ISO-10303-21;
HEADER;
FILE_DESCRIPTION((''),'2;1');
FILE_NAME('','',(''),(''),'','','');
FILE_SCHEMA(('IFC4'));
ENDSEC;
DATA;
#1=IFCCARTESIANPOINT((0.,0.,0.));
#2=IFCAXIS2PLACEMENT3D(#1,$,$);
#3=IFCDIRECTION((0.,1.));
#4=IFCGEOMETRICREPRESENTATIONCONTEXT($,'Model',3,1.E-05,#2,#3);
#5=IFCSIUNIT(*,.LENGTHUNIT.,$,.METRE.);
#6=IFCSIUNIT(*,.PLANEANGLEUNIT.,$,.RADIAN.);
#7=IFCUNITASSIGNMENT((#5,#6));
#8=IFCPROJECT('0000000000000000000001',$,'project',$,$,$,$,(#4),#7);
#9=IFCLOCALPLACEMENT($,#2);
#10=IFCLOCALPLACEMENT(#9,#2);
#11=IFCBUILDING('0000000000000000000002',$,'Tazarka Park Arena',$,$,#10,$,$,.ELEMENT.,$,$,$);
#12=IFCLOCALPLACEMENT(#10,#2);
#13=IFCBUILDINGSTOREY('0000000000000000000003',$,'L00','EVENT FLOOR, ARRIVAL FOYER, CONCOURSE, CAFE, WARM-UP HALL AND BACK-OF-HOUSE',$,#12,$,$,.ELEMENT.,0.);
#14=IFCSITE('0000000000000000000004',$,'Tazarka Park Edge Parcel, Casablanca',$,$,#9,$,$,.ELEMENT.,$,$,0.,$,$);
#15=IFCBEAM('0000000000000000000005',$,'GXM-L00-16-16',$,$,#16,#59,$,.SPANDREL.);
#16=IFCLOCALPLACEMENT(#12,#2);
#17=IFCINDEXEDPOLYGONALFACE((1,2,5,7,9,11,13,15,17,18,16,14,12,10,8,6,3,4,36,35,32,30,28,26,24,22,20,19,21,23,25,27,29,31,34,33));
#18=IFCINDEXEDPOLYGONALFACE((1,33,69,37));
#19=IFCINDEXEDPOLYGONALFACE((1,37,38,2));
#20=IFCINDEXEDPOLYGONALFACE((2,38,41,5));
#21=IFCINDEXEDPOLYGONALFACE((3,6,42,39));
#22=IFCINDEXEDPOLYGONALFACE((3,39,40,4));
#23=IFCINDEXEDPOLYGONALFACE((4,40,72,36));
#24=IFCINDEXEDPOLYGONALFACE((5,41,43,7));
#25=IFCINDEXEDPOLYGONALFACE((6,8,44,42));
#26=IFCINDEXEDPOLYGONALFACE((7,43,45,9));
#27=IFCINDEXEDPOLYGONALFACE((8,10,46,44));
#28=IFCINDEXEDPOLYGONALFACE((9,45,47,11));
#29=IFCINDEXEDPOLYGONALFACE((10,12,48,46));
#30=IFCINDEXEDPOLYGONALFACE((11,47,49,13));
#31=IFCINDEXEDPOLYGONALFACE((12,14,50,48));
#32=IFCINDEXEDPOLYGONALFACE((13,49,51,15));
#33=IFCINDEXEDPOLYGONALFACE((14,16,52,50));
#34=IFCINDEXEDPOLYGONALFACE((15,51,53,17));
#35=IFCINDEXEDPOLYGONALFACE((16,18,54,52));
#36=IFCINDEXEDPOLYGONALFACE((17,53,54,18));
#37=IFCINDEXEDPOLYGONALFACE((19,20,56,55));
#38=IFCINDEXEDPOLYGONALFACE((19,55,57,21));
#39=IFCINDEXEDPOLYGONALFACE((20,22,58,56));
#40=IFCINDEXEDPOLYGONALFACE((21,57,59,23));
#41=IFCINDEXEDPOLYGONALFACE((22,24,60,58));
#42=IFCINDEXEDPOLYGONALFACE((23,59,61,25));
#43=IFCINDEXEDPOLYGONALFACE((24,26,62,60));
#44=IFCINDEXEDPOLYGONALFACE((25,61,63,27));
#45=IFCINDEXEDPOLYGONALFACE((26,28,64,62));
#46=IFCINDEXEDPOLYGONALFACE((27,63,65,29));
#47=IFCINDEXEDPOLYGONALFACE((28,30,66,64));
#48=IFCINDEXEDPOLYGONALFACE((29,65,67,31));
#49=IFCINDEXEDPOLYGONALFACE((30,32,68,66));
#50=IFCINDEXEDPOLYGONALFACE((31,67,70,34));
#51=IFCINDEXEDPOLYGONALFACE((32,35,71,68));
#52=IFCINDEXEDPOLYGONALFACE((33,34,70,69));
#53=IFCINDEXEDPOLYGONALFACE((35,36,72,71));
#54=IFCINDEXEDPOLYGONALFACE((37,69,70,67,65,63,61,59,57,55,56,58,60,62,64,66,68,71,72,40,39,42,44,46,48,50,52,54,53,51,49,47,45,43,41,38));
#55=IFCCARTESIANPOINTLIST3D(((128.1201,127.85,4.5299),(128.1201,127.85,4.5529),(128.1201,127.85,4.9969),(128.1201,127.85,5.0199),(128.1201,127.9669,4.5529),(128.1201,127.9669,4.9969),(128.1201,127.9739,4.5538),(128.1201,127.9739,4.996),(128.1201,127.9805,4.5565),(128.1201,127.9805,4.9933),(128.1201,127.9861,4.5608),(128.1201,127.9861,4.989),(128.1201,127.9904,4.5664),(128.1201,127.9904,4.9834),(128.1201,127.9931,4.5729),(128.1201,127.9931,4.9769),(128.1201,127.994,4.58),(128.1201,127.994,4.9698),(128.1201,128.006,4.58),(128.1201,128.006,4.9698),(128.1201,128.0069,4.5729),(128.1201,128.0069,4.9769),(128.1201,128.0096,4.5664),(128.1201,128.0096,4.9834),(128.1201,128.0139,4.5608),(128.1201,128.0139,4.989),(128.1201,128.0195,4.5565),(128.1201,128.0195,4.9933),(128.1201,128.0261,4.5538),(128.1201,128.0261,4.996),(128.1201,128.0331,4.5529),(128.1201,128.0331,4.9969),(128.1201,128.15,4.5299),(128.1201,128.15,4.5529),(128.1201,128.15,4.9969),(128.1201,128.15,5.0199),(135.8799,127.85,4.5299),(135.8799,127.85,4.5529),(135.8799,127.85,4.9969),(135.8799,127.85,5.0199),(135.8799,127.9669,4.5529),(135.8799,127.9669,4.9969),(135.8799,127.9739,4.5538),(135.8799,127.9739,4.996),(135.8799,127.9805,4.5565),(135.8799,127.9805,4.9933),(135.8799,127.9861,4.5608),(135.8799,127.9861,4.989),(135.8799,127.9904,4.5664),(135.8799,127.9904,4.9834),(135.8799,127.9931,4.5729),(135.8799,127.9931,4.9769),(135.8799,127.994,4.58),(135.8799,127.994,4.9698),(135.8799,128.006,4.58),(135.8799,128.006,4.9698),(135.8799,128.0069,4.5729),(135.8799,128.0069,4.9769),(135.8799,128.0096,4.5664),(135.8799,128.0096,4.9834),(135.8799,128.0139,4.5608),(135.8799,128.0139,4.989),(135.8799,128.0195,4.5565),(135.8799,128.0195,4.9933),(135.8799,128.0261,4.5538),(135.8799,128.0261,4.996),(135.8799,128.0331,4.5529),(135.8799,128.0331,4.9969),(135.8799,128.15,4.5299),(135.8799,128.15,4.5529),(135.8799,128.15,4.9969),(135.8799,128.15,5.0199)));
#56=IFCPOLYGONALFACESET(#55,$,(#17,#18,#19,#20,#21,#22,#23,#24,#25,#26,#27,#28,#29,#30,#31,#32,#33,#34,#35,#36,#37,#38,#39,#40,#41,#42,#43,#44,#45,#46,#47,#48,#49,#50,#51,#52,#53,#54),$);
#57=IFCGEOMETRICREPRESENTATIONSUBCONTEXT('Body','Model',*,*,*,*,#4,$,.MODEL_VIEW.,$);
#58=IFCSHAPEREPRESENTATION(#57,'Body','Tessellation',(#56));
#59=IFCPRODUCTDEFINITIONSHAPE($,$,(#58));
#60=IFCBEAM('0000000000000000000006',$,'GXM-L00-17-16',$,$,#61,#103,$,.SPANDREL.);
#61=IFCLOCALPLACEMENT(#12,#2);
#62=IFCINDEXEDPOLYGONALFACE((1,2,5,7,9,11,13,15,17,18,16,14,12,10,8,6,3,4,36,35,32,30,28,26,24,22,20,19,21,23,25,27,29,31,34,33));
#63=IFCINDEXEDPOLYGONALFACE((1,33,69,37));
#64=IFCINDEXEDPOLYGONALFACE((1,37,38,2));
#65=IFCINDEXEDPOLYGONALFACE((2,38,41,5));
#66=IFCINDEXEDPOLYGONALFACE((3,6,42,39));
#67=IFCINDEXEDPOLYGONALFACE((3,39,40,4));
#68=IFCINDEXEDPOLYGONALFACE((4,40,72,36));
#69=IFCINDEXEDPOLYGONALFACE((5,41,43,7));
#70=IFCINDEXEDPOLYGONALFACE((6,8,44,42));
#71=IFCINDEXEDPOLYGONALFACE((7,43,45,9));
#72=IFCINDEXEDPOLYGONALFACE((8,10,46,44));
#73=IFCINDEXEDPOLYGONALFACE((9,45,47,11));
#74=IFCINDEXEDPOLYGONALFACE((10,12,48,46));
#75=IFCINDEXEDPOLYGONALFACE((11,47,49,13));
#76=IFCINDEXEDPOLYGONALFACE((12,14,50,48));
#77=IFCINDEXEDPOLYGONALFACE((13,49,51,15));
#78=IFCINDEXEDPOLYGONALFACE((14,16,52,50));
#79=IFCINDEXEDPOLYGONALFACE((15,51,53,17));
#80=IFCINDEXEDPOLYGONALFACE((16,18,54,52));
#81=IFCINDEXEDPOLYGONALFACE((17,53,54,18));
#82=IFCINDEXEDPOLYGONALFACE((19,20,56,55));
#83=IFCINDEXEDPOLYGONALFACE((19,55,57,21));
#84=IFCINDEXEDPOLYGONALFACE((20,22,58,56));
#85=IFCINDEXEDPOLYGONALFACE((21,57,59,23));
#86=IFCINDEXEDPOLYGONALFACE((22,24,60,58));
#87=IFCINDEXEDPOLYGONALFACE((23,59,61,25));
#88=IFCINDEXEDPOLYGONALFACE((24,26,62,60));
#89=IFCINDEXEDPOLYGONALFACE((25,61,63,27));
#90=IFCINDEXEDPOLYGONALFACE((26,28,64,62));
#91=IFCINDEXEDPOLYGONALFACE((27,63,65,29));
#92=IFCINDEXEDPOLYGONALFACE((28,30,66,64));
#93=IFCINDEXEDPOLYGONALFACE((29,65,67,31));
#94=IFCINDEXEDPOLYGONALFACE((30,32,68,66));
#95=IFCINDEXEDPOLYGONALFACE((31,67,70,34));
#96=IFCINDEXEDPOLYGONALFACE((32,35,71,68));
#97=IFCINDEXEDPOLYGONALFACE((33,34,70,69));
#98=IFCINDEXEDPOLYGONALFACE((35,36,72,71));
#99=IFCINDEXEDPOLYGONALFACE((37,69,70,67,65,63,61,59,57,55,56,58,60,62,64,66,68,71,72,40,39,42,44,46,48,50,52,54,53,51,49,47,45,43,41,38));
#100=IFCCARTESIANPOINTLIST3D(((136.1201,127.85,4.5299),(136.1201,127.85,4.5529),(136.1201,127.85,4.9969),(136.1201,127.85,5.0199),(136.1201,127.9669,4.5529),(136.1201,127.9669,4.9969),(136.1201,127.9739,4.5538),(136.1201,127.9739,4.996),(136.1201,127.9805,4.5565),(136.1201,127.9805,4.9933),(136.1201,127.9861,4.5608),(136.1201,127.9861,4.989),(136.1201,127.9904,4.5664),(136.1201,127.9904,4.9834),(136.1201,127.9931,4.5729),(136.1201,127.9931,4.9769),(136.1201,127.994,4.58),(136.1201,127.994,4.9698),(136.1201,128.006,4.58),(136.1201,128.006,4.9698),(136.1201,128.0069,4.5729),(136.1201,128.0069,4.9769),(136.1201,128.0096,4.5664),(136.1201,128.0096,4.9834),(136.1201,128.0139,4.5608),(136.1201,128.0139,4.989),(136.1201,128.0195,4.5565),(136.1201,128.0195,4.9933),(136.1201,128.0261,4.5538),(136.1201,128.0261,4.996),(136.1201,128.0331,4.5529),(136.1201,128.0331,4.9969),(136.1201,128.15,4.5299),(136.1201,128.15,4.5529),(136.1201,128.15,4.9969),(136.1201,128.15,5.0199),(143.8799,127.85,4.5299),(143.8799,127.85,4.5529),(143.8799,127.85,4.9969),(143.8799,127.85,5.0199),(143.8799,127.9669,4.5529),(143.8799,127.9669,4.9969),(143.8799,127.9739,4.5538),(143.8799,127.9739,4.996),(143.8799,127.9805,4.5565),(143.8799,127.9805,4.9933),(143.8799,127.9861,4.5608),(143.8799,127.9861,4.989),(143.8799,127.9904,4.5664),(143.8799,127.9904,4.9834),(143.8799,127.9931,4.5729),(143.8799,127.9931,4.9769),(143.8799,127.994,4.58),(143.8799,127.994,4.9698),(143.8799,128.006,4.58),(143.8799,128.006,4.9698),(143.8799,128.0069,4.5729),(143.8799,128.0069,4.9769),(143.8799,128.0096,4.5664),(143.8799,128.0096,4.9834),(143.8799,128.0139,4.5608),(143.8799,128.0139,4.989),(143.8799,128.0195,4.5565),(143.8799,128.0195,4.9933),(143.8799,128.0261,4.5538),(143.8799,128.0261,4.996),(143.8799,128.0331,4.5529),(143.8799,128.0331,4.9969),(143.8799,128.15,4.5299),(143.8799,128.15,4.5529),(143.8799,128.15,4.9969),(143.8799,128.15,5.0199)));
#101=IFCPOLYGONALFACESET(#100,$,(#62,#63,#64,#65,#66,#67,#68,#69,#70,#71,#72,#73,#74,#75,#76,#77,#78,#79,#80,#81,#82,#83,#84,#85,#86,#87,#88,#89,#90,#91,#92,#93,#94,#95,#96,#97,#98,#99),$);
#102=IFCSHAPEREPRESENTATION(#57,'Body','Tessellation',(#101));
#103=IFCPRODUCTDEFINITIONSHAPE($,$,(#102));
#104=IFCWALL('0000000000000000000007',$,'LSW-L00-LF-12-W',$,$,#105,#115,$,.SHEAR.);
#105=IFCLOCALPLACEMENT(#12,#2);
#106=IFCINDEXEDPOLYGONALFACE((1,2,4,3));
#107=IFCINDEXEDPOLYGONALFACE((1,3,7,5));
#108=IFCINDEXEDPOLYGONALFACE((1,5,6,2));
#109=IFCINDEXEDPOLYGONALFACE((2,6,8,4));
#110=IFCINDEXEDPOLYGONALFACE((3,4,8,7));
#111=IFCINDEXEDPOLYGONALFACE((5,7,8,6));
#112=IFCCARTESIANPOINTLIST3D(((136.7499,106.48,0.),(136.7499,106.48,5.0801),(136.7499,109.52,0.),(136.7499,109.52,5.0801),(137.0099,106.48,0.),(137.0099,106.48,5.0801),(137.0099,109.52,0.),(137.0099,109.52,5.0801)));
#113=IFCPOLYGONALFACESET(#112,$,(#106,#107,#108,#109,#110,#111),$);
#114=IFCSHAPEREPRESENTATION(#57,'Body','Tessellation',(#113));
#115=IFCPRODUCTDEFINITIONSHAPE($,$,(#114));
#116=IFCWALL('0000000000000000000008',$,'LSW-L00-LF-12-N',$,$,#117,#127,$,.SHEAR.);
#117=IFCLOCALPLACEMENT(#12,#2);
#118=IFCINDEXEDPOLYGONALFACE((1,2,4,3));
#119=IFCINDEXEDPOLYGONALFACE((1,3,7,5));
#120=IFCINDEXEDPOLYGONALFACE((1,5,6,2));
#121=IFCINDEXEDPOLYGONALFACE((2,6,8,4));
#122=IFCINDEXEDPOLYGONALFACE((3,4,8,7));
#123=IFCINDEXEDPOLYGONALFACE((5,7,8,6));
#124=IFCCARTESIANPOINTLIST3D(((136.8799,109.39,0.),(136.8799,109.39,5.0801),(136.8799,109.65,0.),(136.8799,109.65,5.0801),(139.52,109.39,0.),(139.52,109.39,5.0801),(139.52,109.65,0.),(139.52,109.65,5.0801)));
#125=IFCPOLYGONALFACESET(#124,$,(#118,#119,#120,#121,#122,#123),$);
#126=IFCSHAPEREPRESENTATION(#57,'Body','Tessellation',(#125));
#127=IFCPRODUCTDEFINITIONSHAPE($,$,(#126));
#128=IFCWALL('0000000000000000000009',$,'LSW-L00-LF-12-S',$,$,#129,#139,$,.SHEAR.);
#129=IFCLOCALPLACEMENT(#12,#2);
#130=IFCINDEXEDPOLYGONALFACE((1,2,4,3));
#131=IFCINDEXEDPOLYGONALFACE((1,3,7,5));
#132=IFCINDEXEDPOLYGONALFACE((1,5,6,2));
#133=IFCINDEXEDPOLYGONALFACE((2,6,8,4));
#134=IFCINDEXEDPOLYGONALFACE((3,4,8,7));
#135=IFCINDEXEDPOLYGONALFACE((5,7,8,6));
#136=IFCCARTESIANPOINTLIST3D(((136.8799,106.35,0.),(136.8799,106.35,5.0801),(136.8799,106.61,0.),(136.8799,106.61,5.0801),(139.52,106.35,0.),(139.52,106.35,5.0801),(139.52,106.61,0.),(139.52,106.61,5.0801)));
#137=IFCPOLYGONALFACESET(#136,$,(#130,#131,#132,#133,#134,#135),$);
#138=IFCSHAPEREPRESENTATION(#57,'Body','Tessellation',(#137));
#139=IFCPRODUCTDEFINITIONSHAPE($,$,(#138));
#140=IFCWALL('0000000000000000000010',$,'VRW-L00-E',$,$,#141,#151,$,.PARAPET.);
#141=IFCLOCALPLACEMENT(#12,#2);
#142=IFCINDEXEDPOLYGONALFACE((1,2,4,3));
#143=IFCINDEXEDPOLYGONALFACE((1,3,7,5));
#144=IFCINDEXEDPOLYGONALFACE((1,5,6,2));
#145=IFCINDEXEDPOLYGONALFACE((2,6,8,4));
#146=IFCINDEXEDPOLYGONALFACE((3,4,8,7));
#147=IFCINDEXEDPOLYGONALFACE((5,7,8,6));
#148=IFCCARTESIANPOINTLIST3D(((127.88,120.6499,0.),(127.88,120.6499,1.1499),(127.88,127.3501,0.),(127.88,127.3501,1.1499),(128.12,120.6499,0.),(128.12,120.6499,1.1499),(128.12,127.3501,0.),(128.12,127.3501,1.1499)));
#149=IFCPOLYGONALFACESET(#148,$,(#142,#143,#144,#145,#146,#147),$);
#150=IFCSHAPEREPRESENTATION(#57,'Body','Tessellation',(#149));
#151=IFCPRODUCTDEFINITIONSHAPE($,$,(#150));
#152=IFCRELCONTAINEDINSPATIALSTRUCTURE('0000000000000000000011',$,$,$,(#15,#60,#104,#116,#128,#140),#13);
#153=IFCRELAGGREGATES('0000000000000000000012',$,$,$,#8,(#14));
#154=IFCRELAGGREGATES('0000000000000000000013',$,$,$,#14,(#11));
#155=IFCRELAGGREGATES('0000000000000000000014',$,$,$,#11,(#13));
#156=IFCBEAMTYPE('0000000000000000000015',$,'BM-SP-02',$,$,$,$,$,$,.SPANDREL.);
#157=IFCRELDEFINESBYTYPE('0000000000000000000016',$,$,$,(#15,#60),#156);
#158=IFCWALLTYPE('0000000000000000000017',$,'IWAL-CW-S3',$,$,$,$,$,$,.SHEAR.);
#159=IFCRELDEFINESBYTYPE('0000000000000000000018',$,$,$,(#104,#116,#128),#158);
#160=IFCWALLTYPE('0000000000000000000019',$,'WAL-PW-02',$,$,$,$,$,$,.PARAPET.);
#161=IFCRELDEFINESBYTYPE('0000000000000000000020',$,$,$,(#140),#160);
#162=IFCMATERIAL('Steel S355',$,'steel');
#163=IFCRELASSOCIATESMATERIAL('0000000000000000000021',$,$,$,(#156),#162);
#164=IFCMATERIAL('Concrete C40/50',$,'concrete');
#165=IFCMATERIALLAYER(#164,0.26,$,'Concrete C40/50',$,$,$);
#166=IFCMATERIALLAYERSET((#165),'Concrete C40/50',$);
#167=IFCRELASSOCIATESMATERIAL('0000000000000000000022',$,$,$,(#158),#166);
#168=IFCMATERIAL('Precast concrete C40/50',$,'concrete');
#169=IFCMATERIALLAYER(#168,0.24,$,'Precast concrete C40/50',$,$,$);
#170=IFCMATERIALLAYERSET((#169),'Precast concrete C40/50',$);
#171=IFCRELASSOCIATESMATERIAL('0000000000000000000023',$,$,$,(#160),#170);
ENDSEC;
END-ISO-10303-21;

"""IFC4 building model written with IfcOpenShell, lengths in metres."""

from ifc_helpers import new_model, si_unit, direction, frame, frame_2d, origin, origin_2d, place, context, subcontext, project, spatial, rectangle, i_section, extrude, material, layer, layer_set, material_profile, profile_set, type_object, element, save


model = new_model("IFC4")

# Units and contexts
model_context = context("Model", 3, precision=1e-05, world=origin(), true_north=direction((0.0, 1.0)))
body_context = subcontext(model_context, "Body", "Model", "MODEL_VIEW")
ifc_project = project(units=[si_unit("LENGTHUNIT", "METRE"), si_unit("PLANEANGLEUNIT", "RADIAN")], contexts=[model_context])

# Site, building, storey
site_placement = place(None, origin())
site = spatial("IfcSite", under=ifc_project, at=site_placement, Name="Tazarka Park Edge Parcel, Casablanca", CompositionType="ELEMENT", RefElevation=0.0)
building_placement = place(site_placement, origin())
building = spatial("IfcBuilding", under=site, at=building_placement, Name="Tazarka Park Arena", CompositionType="ELEMENT")
storey_placement = place(building_placement, origin())
storey = spatial("IfcBuildingStorey", under=building, at=storey_placement, Name="L00", Description="EVENT FLOOR, ARRIVAL FOYER, CONCOURSE, CAFE, WARM-UP HALL AND BACK-OF-HOUSE", CompositionType="ELEMENT", Elevation=0.0)

# Beams
ifc_material_1 = material(Name="Steel S355", Category="steel")
ifc_material_profile_1 = material_profile(ifc_material_1, i_section(OverallWidth=0.3, OverallDepth=0.49, WebThickness=0.012, FlangeThickness=0.0229, FilletRadius=0.0271, at=origin_2d()), Name="Steel S355")
ifc_profile_set_1 = profile_set([ifc_material_profile_1], Name="Steel S355")
beam_type_1 = type_object("IfcBeamType", Name="BM-SP-02", PredefinedType="SPANDREL", material=ifc_profile_set_1)
for number, where, z_axis, x_axis, name in (
    (1, (128.1201, 128.0, 4.7749), (1.0, 0.0, 0.0), (0.0, 1.0, 0.0), "GXM-L00-16-16"),
    (2, (136.1201, 128.0, 4.7749), (1.0, 0.0, 0.0), (0.0, 1.0, 0.0), "GXM-L00-17-16"),
):
    element("IfcBeam", number, at=place(storey_placement, frame(where, z_axis=z_axis, x_axis=x_axis)), inside=storey, type_object=beam_type_1, Name=name, PredefinedType="SPANDREL", context=body_context, shape_type="SweptSolid", body=[
        extrude(i_section(OverallWidth=0.3, OverallDepth=0.49, WebThickness=0.012, FlangeThickness=0.0229, FilletRadius=0.0271, at=origin_2d()), origin(), (0.0, 0.0, 1.0), 7.7598),
    ])

# Walls
ifc_material_2 = material(Name="Concrete C40/50", Category="concrete")
ifc_layer_1 = layer(ifc_material_2, 0.26, Name="Concrete C40/50")
ifc_layer_set_1 = layer_set([ifc_layer_1], Name="Concrete C40/50")
wall_type_1 = type_object("IfcWallType", Name="IWAL-CW-S3", PredefinedType="SHEAR", material=ifc_layer_set_1)
wall_1_placement = place(storey_placement, frame((136.8799, 106.48, 0.0), z_axis=(0.0, 0.0, 1.0), x_axis=(0.0, 1.0, 0.0)))
element("IfcWall", 3, at=wall_1_placement, inside=storey, type_object=wall_type_1, Name="LSW-L00-LF-12-W", PredefinedType="SHEAR", context=body_context, shape_type="SweptSolid", body=[
    extrude(rectangle(XDim=3.04, YDim=0.26, at=frame_2d((1.52, 0.0))), origin(), (0.0, 0.0, 1.0), 5.0801),
])
for number, where, z_axis, x_axis, name in (
    (4, (136.8799, 109.52, 0.0), (0.0, 0.0, 1.0), (1.0, 0.0, 0.0), "LSW-L00-LF-12-N"),
    (5, (139.52, 106.48, 0.0), (0.0, 0.0, 1.0), (-1.0, 0.0, 0.0), "LSW-L00-LF-12-S"),
):
    element("IfcWall", number, at=place(storey_placement, frame(where, z_axis=z_axis, x_axis=x_axis)), inside=storey, type_object=wall_type_1, Name=name, PredefinedType="SHEAR", context=body_context, shape_type="SweptSolid", body=[
        extrude(rectangle(XDim=2.6401, YDim=0.26, at=frame_2d((1.3201, 0.0))), origin(), (0.0, 0.0, 1.0), 5.0801),
    ])

# Wall
ifc_material_3 = material(Name="Precast concrete C40/50", Category="concrete")
ifc_layer_2 = layer(ifc_material_3, 0.24, Name="Precast concrete C40/50")
ifc_layer_set_2 = layer_set([ifc_layer_2], Name="Precast concrete C40/50")
wall_type_2 = type_object("IfcWallType", Name="WAL-PW-02", PredefinedType="PARAPET", material=ifc_layer_set_2)
wall_2_placement = place(storey_placement, frame((128.0, 120.6499, 0.0), z_axis=(0.0, 0.0, 1.0), x_axis=(0.0, 1.0, 0.0)))
element("IfcWall", 6, at=wall_2_placement, inside=storey, type_object=wall_type_2, Name="VRW-L00-E", PredefinedType="PARAPET", context=body_context, shape_type="SweptSolid", body=[
    extrude(rectangle(XDim=6.7002, YDim=0.24, at=frame_2d((3.3501, 0.0))), origin(), (0.0, 0.0, 1.0), 1.1499),
])

save(model, "model.ifc")
